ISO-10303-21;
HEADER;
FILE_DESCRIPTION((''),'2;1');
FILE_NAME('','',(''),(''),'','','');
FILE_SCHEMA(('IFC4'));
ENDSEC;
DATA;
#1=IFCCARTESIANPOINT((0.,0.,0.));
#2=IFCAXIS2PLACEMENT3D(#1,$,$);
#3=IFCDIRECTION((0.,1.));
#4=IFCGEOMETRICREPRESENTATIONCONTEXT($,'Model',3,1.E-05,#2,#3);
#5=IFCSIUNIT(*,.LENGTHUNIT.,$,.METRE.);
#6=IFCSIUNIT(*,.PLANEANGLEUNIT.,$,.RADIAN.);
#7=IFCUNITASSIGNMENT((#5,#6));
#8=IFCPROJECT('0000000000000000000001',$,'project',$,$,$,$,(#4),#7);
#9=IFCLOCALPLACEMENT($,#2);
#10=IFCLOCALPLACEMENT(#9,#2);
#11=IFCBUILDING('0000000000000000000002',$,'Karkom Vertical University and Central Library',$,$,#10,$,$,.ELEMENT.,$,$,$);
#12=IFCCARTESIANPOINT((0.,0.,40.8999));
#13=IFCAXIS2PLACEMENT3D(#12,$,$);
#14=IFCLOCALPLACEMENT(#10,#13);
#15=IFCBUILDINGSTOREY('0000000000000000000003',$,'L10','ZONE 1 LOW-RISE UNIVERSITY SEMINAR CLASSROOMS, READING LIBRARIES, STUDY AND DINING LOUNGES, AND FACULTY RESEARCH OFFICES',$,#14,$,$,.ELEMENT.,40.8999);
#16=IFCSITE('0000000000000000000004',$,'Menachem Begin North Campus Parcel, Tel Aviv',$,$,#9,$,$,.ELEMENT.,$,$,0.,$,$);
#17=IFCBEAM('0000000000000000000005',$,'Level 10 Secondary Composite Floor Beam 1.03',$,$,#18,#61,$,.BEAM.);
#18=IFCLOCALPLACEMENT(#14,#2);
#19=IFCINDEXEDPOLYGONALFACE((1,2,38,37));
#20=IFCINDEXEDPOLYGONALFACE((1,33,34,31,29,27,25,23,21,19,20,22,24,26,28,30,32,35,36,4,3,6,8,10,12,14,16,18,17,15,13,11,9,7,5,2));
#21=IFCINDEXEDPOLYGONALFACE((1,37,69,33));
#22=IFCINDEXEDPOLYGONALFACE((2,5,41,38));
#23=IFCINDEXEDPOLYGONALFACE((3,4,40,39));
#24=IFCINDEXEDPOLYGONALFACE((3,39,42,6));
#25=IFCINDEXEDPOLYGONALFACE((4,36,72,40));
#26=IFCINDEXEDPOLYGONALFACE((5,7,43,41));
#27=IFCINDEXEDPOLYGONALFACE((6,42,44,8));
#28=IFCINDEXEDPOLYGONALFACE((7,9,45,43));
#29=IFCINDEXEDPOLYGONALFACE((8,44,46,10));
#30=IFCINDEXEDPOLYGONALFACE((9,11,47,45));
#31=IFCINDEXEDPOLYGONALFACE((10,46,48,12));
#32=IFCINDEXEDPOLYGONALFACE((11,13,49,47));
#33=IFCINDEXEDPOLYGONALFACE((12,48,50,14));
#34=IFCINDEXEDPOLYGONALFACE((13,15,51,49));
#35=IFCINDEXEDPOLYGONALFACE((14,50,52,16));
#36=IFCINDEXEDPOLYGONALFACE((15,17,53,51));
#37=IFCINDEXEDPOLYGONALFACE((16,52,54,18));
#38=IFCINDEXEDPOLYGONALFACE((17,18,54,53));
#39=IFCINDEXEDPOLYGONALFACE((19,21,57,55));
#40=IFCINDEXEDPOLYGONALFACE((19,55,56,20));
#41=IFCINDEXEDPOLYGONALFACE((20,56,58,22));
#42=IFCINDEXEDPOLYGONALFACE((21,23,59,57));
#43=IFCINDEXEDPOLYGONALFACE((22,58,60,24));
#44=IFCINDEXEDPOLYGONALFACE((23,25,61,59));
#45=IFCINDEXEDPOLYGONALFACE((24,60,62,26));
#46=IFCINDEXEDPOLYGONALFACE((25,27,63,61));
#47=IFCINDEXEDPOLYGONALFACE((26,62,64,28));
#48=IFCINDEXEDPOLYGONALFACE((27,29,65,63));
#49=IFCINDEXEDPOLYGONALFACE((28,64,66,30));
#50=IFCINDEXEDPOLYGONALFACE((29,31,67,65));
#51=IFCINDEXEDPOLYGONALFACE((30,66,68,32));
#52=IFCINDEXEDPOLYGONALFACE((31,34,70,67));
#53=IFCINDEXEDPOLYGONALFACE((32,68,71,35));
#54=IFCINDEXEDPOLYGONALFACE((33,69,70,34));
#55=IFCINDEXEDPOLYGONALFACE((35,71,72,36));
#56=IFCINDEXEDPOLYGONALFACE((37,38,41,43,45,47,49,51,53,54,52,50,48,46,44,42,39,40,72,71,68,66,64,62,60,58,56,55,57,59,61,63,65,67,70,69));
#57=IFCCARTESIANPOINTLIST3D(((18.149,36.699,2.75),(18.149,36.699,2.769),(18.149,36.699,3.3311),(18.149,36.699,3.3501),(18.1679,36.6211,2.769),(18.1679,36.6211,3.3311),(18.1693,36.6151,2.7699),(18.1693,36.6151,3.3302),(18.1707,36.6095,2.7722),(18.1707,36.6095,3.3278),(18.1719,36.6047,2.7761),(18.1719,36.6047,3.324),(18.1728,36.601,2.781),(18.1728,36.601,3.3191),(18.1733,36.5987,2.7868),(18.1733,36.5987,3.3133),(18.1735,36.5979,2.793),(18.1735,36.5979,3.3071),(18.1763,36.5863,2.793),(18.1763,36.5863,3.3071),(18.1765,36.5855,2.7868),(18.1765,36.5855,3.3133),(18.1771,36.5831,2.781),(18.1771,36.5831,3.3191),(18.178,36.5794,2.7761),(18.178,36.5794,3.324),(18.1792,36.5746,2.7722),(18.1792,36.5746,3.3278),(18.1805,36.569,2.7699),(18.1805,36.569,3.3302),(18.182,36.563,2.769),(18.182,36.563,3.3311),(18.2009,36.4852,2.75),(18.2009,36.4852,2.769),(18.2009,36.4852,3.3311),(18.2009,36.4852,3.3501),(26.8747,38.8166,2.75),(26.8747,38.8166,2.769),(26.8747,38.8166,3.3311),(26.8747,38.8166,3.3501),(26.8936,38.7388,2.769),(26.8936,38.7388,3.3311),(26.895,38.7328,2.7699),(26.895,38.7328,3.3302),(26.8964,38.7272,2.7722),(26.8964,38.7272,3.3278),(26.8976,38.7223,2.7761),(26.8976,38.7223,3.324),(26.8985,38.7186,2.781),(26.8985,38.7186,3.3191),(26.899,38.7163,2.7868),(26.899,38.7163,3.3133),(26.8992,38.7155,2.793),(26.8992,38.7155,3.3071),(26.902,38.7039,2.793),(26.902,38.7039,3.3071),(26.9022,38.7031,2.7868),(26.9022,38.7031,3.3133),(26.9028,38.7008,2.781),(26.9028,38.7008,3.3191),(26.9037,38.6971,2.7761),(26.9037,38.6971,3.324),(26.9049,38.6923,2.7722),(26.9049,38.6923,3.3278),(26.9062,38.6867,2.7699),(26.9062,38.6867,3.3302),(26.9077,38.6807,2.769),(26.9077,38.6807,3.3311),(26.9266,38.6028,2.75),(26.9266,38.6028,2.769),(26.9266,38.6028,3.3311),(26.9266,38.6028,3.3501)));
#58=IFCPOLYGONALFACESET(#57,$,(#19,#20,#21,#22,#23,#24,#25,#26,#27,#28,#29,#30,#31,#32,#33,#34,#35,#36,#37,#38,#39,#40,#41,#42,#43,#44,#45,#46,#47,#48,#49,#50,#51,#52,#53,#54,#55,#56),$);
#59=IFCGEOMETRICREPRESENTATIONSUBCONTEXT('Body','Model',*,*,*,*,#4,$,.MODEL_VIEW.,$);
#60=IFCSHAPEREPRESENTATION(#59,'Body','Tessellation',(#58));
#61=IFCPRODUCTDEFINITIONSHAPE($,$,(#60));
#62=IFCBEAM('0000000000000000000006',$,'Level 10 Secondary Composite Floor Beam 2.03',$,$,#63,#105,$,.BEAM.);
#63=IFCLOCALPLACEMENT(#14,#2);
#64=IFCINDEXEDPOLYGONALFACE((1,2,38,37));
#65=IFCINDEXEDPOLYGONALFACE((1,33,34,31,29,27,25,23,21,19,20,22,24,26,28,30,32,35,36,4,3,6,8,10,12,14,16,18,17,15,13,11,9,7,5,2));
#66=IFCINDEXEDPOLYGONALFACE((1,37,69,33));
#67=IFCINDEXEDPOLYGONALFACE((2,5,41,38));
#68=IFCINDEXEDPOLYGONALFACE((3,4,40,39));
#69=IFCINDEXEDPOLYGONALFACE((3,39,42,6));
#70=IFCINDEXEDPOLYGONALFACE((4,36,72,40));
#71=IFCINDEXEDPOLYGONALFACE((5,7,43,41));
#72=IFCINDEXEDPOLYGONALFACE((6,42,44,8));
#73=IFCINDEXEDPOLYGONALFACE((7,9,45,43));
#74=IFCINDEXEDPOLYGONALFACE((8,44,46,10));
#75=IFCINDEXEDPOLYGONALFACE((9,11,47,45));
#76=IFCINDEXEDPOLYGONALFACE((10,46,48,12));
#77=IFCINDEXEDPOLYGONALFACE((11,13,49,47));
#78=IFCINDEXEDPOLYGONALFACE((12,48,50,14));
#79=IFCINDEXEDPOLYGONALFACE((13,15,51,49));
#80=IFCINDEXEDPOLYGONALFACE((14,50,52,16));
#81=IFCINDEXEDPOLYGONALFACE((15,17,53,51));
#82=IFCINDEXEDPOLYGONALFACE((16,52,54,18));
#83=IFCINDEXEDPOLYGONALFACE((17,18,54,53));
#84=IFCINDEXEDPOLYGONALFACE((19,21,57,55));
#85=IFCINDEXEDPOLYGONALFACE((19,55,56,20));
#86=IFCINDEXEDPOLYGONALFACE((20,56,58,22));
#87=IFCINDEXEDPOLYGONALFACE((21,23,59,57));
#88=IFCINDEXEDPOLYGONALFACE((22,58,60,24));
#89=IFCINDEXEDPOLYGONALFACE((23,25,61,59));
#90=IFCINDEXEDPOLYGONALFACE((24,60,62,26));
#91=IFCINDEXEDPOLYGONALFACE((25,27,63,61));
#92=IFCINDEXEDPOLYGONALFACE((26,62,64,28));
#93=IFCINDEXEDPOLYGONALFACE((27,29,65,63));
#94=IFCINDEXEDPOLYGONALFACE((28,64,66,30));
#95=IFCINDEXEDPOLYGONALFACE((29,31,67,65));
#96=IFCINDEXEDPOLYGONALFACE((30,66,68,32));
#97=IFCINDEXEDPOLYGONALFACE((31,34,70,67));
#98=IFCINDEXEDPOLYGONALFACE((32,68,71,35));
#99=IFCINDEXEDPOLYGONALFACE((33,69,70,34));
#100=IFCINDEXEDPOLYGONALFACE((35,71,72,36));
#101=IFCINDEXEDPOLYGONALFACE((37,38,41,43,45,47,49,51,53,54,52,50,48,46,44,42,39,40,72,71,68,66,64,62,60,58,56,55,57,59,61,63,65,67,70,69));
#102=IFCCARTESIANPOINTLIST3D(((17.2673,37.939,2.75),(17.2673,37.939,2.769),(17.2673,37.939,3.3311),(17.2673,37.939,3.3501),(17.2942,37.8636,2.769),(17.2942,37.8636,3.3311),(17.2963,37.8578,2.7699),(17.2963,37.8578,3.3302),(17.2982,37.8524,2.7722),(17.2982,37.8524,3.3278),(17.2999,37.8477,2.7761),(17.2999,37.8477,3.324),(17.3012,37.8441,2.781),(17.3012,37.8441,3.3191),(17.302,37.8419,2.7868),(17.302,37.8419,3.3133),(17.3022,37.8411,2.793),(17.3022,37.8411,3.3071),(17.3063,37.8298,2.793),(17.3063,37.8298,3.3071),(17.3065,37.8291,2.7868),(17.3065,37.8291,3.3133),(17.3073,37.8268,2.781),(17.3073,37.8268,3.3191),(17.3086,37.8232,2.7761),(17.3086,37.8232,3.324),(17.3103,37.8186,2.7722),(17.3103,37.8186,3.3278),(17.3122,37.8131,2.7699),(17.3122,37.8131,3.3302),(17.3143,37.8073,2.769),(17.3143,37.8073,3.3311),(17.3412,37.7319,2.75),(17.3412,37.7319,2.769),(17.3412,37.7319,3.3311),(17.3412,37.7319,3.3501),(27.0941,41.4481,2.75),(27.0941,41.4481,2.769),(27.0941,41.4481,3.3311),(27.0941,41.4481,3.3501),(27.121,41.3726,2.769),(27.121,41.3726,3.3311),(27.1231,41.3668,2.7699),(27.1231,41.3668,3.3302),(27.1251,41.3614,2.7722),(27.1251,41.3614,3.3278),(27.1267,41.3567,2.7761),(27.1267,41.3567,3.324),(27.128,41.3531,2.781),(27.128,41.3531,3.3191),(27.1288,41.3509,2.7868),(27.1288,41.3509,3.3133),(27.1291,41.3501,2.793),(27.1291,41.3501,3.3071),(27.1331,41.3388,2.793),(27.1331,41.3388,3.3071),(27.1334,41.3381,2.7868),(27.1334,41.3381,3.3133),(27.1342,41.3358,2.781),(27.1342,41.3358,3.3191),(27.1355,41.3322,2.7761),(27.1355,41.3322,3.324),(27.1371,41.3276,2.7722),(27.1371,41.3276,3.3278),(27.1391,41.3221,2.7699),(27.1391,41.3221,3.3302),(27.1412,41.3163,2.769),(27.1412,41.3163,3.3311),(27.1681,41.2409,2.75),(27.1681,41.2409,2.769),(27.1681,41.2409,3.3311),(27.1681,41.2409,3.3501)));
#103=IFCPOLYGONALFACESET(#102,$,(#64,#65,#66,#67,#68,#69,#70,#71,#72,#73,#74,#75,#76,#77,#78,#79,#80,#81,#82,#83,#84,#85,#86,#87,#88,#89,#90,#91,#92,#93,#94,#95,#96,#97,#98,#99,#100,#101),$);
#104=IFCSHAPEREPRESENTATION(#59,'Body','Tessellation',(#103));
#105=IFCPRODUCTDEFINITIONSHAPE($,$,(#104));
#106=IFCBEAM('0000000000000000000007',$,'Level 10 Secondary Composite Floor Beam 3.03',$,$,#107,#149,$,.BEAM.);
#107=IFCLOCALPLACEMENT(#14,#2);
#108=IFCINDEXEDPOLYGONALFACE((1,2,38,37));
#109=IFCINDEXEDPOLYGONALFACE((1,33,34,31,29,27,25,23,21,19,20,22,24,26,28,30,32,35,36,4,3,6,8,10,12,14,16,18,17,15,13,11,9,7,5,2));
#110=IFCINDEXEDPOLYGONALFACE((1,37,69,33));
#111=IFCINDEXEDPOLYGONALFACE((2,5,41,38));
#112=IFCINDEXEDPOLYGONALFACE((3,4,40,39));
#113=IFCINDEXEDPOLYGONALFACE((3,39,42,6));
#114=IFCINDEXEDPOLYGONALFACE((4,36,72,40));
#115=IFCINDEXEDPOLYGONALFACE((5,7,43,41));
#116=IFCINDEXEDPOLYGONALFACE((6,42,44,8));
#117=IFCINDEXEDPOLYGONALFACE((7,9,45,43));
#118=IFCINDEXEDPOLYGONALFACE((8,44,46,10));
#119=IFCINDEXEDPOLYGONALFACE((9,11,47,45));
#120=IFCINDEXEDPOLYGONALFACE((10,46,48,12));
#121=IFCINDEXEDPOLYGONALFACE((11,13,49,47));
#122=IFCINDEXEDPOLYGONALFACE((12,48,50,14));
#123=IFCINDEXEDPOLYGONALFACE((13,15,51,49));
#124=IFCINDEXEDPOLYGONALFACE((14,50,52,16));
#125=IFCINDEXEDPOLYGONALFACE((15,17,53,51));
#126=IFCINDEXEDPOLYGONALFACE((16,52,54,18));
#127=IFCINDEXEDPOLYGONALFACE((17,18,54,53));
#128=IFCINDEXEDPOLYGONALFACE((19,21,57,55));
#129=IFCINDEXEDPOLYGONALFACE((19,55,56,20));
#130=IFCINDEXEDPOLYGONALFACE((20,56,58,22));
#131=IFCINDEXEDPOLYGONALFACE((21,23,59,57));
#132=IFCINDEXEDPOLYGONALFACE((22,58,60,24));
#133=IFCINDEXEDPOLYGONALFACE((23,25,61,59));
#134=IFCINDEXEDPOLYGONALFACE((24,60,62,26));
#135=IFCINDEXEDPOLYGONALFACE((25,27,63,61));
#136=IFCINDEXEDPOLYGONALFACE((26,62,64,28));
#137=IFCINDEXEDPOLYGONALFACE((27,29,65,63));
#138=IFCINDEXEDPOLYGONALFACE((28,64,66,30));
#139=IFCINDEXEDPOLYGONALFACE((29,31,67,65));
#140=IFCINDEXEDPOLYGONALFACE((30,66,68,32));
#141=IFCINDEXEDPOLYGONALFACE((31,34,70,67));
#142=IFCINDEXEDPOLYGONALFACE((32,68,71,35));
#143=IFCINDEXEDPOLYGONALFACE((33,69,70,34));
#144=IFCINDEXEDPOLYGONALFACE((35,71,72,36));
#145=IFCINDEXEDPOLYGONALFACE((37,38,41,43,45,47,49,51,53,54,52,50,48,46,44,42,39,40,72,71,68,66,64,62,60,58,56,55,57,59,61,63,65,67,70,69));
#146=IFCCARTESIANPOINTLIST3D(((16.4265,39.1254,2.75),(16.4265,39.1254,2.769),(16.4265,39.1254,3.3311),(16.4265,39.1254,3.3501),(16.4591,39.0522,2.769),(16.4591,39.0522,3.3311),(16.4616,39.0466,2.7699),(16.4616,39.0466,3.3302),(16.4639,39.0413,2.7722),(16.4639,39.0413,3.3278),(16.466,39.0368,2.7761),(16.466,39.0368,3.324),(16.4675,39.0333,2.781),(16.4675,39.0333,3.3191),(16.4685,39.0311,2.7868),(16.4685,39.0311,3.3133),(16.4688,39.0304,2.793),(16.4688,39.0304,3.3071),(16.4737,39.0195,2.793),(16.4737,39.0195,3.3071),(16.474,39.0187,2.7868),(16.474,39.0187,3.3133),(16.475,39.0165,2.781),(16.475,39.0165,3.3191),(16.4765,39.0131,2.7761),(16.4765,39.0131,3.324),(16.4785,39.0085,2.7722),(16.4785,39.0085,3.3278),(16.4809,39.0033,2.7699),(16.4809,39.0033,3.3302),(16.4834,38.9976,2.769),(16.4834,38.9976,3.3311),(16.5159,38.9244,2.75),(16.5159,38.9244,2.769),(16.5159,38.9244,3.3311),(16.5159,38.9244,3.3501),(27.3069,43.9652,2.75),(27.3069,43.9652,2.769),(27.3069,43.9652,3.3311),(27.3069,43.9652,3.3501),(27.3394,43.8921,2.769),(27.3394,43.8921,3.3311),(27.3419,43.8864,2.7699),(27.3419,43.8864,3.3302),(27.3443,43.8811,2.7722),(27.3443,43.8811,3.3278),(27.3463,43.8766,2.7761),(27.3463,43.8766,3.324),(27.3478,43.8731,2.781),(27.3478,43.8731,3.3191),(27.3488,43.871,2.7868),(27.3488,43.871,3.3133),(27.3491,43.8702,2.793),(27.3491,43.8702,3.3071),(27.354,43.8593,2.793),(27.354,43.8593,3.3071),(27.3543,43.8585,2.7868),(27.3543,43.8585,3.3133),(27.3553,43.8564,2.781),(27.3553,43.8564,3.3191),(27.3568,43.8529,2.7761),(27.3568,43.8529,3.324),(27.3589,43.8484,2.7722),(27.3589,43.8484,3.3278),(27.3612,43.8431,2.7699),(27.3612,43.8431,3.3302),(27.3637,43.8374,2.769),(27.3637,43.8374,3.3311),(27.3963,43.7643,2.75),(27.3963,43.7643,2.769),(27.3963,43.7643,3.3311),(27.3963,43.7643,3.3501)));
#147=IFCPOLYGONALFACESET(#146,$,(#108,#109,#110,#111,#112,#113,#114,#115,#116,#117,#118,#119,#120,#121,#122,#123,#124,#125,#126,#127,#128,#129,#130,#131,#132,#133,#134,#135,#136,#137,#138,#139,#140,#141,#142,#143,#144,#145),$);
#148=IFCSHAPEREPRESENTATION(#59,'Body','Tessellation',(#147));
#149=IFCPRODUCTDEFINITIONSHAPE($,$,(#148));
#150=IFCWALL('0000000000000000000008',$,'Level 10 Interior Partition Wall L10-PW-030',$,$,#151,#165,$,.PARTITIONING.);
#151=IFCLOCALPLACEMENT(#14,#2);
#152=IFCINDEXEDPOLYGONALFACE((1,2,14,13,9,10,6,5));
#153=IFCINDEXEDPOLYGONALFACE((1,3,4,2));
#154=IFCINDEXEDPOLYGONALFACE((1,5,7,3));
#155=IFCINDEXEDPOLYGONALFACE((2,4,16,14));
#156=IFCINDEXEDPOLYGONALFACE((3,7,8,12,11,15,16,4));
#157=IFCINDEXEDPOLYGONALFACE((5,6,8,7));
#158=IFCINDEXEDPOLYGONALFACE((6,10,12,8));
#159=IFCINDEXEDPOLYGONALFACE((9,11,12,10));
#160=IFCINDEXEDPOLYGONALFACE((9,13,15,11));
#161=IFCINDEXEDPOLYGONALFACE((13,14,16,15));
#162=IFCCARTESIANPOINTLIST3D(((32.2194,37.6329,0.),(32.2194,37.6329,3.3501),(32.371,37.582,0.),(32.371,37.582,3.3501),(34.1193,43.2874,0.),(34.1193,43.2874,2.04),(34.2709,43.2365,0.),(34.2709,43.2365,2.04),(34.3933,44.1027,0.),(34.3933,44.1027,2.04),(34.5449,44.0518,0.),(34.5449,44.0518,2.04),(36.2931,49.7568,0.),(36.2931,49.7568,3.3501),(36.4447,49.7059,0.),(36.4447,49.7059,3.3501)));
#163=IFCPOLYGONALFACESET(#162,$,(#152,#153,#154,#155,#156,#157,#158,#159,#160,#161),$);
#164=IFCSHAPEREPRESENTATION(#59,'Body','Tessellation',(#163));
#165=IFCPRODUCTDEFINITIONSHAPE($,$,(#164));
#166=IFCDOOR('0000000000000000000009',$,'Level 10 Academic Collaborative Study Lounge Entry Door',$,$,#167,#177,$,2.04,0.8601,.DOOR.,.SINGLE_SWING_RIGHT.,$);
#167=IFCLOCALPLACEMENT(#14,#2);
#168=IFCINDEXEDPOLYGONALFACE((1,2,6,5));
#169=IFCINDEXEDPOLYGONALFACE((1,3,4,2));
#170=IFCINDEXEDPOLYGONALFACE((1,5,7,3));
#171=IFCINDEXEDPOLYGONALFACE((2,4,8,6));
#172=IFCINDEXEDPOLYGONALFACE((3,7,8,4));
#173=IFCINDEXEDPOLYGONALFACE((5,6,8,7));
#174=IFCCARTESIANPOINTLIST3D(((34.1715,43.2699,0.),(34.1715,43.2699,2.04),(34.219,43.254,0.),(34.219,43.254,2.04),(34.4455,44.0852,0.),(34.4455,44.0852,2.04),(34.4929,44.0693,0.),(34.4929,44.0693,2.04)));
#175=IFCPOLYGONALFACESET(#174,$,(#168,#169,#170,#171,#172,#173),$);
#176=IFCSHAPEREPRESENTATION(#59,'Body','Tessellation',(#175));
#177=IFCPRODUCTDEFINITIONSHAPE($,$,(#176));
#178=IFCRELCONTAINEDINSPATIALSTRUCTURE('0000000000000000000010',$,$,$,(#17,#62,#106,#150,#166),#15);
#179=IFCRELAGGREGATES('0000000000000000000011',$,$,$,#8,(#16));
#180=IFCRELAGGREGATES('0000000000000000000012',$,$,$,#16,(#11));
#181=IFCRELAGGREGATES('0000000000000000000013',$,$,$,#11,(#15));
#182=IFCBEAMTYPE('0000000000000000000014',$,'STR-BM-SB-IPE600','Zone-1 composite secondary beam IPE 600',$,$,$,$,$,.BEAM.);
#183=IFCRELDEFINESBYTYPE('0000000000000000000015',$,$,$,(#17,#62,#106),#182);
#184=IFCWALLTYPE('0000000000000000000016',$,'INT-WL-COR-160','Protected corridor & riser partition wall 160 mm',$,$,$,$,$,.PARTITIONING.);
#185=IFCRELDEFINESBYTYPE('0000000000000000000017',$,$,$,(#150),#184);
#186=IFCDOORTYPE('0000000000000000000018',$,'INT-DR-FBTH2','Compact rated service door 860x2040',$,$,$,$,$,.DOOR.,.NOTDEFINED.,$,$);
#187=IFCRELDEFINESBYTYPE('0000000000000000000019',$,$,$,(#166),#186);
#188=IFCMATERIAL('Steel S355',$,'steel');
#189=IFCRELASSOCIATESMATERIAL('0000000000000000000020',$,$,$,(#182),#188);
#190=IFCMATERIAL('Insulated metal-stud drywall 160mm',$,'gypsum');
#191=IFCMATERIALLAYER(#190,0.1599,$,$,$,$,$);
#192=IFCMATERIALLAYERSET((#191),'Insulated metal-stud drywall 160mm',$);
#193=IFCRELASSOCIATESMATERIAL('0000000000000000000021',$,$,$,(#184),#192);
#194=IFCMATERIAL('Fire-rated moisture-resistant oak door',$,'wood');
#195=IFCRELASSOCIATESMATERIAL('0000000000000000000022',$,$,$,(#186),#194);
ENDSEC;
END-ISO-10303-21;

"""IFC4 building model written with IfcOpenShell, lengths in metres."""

from ifc_helpers import new_model, si_unit, direction, frame, frame_2d, origin, origin_with_axes, origin_2d, place, context, subcontext, project, spatial, rectangle, i_section, extrude, source, transform, mapped, material, layer, layer_set, material_profile, profile_set, type_object, element, fill, save


model = new_model("IFC4")

# Units and contexts
model_context = context("Model", 3, precision=1e-05, world=origin(), true_north=direction((0.0, 1.0)))
body_context = subcontext(model_context, "Body", "Model", "MODEL_VIEW")
ifc_project = project(units=[si_unit("LENGTHUNIT", "METRE"), si_unit("PLANEANGLEUNIT", "RADIAN")], contexts=[model_context])

# Site, building, storey
site_placement = place(None, origin())
site = spatial("IfcSite", under=ifc_project, at=site_placement, Name="Menachem Begin North Campus Parcel, Tel Aviv", CompositionType="ELEMENT", RefElevation=0.0)
building_placement = place(site_placement, origin())
building = spatial("IfcBuilding", under=site, at=building_placement, Name="Karkom Vertical University and Central Library", CompositionType="ELEMENT")
storey_placement = place(building_placement, frame((0.0, 0.0, 40.8999)))
storey = spatial("IfcBuildingStorey", under=building, at=storey_placement, Name="L10", Description="ZONE 1 LOW-RISE UNIVERSITY SEMINAR CLASSROOMS, READING LIBRARIES, STUDY AND DINING LOUNGES, AND FACULTY RESEARCH OFFICES", CompositionType="ELEMENT", Elevation=40.8999)

# Beams
ifc_material_1 = material(Name="Steel S355", Category="steel")
ifc_material_profile_1 = material_profile(ifc_material_1, i_section(OverallWidth=0.22, OverallDepth=0.6001, WebThickness=0.012, FlangeThickness=0.019, FilletRadius=0.0239, at=origin_2d()), Name="IPE 600")
ifc_profile_set_1 = profile_set([ifc_material_profile_1], Name="Steel S355")
beam_type_1 = type_object("IfcBeamType", Name="STR-BM-SB-IPE600", Description="Zone-1 composite secondary beam IPE 600", PredefinedType="BEAM", material=ifc_profile_set_1)
shared_shape_1 = source(origin_with_axes(), body_context, "Body", "SweptSolid", [
    extrude(i_section(OverallWidth=0.22, OverallDepth=0.6001, WebThickness=0.012, FlangeThickness=0.019, FilletRadius=0.0239, at=origin_2d()), origin(), (0.0, 0.0, 1.0), 8.979),
])
beam_1_placement = place(storey_placement, frame((26.9006, 38.7097, 3.05), z_axis=(-0.971791, -0.235844, 0.0), x_axis=(0.235844, -0.971791, 0.0)))
element("IfcBeam", 1, at=beam_1_placement, inside=storey, type_object=beam_type_1, Name="Level 10 Secondary Composite Floor Beam 1.03", PredefinedType="BEAM", context=body_context, shape_type="MappedRepresentation", body=[
    mapped(shared_shape_1, transform((0.0, 0.0, 0.0), scale=1.0)),
])
shared_shape_2 = source(origin_with_axes(), body_context, "Body", "SweptSolid", [
    extrude(i_section(OverallWidth=0.22, OverallDepth=0.6001, WebThickness=0.012, FlangeThickness=0.019, FilletRadius=0.0239, at=origin_2d()), origin(), (0.0, 0.0, 1.0), 10.4346),
])
beam_2_placement = place(storey_placement, frame((27.1311, 41.3445, 3.05), z_axis=(-0.941759, -0.336287, 0.0), x_axis=(0.336287, -0.941759, 0.0)))
element("IfcBeam", 2, at=beam_2_placement, inside=storey, type_object=beam_type_1, Name="Level 10 Secondary Composite Floor Beam 2.03", PredefinedType="BEAM", context=body_context, shape_type="MappedRepresentation", body=[
    mapped(shared_shape_2, transform((0.0, 0.0, 0.0), scale=1.0)),
])
shared_shape_3 = source(origin_with_axes(), body_context, "Body", "SweptSolid", [
    extrude(i_section(OverallWidth=0.22, OverallDepth=0.6001, WebThickness=0.012, FlangeThickness=0.019, FilletRadius=0.0239, at=origin_2d()), origin(), (0.0, 0.0, 1.0), 11.9082),
])
beam_3_placement = place(storey_placement, frame((27.3516, 43.8647, 3.05), z_axis=(-0.913683, -0.406428, 0.0), x_axis=(0.406428, -0.913683, 0.0)))
element("IfcBeam", 3, at=beam_3_placement, inside=storey, type_object=beam_type_1, Name="Level 10 Secondary Composite Floor Beam 3.03", PredefinedType="BEAM", context=body_context, shape_type="MappedRepresentation", body=[
    mapped(shared_shape_3, transform((0.0, 0.0, 0.0), scale=1.0)),
])

# Wall, opening, door
ifc_material_2 = material(Name="Insulated metal-stud drywall 160mm", Category="gypsum")
ifc_layer_1 = layer(ifc_material_2, 0.1599)
ifc_layer_set_1 = layer_set([ifc_layer_1], Name="Insulated metal-stud drywall 160mm")
wall_type_1 = type_object("IfcWallType", Name="INT-WL-COR-160", Description="Protected corridor & riser partition wall 160 mm", PredefinedType="PARTITIONING", material=ifc_layer_set_1)
wall_1_placement = place(storey_placement, frame((32.2952, 37.6074, 0.0), z_axis=(0.0, 0.0, 1.0), x_axis=(0.318506, 0.947921, 0.0)))
wall_1 = element("IfcWall", 4, at=wall_1_placement, inside=storey, type_object=wall_type_1, Name="Level 10 Interior Partition Wall L10-PW-030", PredefinedType="PARTITIONING", context=body_context, shape_type="SweptSolid", body=[
    extrude(rectangle(XDim=12.79, YDim=0.1599, at=frame_2d((6.395, 0.0))), origin(), (0.0, 0.0, 1.0), 3.3501),
])
opening_1_placement = place(wall_1_placement, frame((5.9651, 0.0, 0.0)))
opening_1 = element("IfcOpeningElement", 5, at=opening_1_placement, cuts=wall_1, PredefinedType="OPENING", context=body_context, shape_type="SweptSolid", body=[
    extrude(rectangle(XDim=0.8601, YDim=2.04, at=frame_2d((0.4302, 1.02))), frame((0.0, 0.0898, 0.0), z_axis=(0.0, -1.0, 0.0), x_axis=(1.0, 0.0, 0.0)), (0.0, 0.0, 1.0), 0.1799),
])
ifc_material_3 = material(Name="Fire-rated moisture-resistant oak door", Category="wood")
door_type_1 = type_object("IfcDoorType", Name="INT-DR-FBTH2", Description="Compact rated service door 860x2040", OperationType="NOTDEFINED", PredefinedType="DOOR", material=ifc_material_3)
shared_shape_4 = source(origin_with_axes(), body_context, "Body", "SweptSolid", [
    extrude(rectangle(XDim=0.8601, YDim=2.04, at=frame_2d((0.4302, 1.02))), frame((0.0, 0.0249, 0.0), z_axis=(0.0, -1.0, 0.0), x_axis=(1.0, 0.0, 0.0)), (0.0, 0.0, 1.0), 0.05),
])
door_1_placement = place(opening_1_placement, origin())
door_1 = element("IfcDoor", 6, at=door_1_placement, inside=storey, type_object=door_type_1, Name="Level 10 Academic Collaborative Study Lounge Entry Door", OperationType="SINGLE_SWING_RIGHT", OverallHeight=2.04, OverallWidth=0.8601, PredefinedType="DOOR", context=body_context, shape_type="MappedRepresentation", body=[
    mapped(shared_shape_4, transform((0.0, 0.0, 0.0), scale=1.0)),
])
fill(opening_1, door_1)

save(model, "model.ifc")
